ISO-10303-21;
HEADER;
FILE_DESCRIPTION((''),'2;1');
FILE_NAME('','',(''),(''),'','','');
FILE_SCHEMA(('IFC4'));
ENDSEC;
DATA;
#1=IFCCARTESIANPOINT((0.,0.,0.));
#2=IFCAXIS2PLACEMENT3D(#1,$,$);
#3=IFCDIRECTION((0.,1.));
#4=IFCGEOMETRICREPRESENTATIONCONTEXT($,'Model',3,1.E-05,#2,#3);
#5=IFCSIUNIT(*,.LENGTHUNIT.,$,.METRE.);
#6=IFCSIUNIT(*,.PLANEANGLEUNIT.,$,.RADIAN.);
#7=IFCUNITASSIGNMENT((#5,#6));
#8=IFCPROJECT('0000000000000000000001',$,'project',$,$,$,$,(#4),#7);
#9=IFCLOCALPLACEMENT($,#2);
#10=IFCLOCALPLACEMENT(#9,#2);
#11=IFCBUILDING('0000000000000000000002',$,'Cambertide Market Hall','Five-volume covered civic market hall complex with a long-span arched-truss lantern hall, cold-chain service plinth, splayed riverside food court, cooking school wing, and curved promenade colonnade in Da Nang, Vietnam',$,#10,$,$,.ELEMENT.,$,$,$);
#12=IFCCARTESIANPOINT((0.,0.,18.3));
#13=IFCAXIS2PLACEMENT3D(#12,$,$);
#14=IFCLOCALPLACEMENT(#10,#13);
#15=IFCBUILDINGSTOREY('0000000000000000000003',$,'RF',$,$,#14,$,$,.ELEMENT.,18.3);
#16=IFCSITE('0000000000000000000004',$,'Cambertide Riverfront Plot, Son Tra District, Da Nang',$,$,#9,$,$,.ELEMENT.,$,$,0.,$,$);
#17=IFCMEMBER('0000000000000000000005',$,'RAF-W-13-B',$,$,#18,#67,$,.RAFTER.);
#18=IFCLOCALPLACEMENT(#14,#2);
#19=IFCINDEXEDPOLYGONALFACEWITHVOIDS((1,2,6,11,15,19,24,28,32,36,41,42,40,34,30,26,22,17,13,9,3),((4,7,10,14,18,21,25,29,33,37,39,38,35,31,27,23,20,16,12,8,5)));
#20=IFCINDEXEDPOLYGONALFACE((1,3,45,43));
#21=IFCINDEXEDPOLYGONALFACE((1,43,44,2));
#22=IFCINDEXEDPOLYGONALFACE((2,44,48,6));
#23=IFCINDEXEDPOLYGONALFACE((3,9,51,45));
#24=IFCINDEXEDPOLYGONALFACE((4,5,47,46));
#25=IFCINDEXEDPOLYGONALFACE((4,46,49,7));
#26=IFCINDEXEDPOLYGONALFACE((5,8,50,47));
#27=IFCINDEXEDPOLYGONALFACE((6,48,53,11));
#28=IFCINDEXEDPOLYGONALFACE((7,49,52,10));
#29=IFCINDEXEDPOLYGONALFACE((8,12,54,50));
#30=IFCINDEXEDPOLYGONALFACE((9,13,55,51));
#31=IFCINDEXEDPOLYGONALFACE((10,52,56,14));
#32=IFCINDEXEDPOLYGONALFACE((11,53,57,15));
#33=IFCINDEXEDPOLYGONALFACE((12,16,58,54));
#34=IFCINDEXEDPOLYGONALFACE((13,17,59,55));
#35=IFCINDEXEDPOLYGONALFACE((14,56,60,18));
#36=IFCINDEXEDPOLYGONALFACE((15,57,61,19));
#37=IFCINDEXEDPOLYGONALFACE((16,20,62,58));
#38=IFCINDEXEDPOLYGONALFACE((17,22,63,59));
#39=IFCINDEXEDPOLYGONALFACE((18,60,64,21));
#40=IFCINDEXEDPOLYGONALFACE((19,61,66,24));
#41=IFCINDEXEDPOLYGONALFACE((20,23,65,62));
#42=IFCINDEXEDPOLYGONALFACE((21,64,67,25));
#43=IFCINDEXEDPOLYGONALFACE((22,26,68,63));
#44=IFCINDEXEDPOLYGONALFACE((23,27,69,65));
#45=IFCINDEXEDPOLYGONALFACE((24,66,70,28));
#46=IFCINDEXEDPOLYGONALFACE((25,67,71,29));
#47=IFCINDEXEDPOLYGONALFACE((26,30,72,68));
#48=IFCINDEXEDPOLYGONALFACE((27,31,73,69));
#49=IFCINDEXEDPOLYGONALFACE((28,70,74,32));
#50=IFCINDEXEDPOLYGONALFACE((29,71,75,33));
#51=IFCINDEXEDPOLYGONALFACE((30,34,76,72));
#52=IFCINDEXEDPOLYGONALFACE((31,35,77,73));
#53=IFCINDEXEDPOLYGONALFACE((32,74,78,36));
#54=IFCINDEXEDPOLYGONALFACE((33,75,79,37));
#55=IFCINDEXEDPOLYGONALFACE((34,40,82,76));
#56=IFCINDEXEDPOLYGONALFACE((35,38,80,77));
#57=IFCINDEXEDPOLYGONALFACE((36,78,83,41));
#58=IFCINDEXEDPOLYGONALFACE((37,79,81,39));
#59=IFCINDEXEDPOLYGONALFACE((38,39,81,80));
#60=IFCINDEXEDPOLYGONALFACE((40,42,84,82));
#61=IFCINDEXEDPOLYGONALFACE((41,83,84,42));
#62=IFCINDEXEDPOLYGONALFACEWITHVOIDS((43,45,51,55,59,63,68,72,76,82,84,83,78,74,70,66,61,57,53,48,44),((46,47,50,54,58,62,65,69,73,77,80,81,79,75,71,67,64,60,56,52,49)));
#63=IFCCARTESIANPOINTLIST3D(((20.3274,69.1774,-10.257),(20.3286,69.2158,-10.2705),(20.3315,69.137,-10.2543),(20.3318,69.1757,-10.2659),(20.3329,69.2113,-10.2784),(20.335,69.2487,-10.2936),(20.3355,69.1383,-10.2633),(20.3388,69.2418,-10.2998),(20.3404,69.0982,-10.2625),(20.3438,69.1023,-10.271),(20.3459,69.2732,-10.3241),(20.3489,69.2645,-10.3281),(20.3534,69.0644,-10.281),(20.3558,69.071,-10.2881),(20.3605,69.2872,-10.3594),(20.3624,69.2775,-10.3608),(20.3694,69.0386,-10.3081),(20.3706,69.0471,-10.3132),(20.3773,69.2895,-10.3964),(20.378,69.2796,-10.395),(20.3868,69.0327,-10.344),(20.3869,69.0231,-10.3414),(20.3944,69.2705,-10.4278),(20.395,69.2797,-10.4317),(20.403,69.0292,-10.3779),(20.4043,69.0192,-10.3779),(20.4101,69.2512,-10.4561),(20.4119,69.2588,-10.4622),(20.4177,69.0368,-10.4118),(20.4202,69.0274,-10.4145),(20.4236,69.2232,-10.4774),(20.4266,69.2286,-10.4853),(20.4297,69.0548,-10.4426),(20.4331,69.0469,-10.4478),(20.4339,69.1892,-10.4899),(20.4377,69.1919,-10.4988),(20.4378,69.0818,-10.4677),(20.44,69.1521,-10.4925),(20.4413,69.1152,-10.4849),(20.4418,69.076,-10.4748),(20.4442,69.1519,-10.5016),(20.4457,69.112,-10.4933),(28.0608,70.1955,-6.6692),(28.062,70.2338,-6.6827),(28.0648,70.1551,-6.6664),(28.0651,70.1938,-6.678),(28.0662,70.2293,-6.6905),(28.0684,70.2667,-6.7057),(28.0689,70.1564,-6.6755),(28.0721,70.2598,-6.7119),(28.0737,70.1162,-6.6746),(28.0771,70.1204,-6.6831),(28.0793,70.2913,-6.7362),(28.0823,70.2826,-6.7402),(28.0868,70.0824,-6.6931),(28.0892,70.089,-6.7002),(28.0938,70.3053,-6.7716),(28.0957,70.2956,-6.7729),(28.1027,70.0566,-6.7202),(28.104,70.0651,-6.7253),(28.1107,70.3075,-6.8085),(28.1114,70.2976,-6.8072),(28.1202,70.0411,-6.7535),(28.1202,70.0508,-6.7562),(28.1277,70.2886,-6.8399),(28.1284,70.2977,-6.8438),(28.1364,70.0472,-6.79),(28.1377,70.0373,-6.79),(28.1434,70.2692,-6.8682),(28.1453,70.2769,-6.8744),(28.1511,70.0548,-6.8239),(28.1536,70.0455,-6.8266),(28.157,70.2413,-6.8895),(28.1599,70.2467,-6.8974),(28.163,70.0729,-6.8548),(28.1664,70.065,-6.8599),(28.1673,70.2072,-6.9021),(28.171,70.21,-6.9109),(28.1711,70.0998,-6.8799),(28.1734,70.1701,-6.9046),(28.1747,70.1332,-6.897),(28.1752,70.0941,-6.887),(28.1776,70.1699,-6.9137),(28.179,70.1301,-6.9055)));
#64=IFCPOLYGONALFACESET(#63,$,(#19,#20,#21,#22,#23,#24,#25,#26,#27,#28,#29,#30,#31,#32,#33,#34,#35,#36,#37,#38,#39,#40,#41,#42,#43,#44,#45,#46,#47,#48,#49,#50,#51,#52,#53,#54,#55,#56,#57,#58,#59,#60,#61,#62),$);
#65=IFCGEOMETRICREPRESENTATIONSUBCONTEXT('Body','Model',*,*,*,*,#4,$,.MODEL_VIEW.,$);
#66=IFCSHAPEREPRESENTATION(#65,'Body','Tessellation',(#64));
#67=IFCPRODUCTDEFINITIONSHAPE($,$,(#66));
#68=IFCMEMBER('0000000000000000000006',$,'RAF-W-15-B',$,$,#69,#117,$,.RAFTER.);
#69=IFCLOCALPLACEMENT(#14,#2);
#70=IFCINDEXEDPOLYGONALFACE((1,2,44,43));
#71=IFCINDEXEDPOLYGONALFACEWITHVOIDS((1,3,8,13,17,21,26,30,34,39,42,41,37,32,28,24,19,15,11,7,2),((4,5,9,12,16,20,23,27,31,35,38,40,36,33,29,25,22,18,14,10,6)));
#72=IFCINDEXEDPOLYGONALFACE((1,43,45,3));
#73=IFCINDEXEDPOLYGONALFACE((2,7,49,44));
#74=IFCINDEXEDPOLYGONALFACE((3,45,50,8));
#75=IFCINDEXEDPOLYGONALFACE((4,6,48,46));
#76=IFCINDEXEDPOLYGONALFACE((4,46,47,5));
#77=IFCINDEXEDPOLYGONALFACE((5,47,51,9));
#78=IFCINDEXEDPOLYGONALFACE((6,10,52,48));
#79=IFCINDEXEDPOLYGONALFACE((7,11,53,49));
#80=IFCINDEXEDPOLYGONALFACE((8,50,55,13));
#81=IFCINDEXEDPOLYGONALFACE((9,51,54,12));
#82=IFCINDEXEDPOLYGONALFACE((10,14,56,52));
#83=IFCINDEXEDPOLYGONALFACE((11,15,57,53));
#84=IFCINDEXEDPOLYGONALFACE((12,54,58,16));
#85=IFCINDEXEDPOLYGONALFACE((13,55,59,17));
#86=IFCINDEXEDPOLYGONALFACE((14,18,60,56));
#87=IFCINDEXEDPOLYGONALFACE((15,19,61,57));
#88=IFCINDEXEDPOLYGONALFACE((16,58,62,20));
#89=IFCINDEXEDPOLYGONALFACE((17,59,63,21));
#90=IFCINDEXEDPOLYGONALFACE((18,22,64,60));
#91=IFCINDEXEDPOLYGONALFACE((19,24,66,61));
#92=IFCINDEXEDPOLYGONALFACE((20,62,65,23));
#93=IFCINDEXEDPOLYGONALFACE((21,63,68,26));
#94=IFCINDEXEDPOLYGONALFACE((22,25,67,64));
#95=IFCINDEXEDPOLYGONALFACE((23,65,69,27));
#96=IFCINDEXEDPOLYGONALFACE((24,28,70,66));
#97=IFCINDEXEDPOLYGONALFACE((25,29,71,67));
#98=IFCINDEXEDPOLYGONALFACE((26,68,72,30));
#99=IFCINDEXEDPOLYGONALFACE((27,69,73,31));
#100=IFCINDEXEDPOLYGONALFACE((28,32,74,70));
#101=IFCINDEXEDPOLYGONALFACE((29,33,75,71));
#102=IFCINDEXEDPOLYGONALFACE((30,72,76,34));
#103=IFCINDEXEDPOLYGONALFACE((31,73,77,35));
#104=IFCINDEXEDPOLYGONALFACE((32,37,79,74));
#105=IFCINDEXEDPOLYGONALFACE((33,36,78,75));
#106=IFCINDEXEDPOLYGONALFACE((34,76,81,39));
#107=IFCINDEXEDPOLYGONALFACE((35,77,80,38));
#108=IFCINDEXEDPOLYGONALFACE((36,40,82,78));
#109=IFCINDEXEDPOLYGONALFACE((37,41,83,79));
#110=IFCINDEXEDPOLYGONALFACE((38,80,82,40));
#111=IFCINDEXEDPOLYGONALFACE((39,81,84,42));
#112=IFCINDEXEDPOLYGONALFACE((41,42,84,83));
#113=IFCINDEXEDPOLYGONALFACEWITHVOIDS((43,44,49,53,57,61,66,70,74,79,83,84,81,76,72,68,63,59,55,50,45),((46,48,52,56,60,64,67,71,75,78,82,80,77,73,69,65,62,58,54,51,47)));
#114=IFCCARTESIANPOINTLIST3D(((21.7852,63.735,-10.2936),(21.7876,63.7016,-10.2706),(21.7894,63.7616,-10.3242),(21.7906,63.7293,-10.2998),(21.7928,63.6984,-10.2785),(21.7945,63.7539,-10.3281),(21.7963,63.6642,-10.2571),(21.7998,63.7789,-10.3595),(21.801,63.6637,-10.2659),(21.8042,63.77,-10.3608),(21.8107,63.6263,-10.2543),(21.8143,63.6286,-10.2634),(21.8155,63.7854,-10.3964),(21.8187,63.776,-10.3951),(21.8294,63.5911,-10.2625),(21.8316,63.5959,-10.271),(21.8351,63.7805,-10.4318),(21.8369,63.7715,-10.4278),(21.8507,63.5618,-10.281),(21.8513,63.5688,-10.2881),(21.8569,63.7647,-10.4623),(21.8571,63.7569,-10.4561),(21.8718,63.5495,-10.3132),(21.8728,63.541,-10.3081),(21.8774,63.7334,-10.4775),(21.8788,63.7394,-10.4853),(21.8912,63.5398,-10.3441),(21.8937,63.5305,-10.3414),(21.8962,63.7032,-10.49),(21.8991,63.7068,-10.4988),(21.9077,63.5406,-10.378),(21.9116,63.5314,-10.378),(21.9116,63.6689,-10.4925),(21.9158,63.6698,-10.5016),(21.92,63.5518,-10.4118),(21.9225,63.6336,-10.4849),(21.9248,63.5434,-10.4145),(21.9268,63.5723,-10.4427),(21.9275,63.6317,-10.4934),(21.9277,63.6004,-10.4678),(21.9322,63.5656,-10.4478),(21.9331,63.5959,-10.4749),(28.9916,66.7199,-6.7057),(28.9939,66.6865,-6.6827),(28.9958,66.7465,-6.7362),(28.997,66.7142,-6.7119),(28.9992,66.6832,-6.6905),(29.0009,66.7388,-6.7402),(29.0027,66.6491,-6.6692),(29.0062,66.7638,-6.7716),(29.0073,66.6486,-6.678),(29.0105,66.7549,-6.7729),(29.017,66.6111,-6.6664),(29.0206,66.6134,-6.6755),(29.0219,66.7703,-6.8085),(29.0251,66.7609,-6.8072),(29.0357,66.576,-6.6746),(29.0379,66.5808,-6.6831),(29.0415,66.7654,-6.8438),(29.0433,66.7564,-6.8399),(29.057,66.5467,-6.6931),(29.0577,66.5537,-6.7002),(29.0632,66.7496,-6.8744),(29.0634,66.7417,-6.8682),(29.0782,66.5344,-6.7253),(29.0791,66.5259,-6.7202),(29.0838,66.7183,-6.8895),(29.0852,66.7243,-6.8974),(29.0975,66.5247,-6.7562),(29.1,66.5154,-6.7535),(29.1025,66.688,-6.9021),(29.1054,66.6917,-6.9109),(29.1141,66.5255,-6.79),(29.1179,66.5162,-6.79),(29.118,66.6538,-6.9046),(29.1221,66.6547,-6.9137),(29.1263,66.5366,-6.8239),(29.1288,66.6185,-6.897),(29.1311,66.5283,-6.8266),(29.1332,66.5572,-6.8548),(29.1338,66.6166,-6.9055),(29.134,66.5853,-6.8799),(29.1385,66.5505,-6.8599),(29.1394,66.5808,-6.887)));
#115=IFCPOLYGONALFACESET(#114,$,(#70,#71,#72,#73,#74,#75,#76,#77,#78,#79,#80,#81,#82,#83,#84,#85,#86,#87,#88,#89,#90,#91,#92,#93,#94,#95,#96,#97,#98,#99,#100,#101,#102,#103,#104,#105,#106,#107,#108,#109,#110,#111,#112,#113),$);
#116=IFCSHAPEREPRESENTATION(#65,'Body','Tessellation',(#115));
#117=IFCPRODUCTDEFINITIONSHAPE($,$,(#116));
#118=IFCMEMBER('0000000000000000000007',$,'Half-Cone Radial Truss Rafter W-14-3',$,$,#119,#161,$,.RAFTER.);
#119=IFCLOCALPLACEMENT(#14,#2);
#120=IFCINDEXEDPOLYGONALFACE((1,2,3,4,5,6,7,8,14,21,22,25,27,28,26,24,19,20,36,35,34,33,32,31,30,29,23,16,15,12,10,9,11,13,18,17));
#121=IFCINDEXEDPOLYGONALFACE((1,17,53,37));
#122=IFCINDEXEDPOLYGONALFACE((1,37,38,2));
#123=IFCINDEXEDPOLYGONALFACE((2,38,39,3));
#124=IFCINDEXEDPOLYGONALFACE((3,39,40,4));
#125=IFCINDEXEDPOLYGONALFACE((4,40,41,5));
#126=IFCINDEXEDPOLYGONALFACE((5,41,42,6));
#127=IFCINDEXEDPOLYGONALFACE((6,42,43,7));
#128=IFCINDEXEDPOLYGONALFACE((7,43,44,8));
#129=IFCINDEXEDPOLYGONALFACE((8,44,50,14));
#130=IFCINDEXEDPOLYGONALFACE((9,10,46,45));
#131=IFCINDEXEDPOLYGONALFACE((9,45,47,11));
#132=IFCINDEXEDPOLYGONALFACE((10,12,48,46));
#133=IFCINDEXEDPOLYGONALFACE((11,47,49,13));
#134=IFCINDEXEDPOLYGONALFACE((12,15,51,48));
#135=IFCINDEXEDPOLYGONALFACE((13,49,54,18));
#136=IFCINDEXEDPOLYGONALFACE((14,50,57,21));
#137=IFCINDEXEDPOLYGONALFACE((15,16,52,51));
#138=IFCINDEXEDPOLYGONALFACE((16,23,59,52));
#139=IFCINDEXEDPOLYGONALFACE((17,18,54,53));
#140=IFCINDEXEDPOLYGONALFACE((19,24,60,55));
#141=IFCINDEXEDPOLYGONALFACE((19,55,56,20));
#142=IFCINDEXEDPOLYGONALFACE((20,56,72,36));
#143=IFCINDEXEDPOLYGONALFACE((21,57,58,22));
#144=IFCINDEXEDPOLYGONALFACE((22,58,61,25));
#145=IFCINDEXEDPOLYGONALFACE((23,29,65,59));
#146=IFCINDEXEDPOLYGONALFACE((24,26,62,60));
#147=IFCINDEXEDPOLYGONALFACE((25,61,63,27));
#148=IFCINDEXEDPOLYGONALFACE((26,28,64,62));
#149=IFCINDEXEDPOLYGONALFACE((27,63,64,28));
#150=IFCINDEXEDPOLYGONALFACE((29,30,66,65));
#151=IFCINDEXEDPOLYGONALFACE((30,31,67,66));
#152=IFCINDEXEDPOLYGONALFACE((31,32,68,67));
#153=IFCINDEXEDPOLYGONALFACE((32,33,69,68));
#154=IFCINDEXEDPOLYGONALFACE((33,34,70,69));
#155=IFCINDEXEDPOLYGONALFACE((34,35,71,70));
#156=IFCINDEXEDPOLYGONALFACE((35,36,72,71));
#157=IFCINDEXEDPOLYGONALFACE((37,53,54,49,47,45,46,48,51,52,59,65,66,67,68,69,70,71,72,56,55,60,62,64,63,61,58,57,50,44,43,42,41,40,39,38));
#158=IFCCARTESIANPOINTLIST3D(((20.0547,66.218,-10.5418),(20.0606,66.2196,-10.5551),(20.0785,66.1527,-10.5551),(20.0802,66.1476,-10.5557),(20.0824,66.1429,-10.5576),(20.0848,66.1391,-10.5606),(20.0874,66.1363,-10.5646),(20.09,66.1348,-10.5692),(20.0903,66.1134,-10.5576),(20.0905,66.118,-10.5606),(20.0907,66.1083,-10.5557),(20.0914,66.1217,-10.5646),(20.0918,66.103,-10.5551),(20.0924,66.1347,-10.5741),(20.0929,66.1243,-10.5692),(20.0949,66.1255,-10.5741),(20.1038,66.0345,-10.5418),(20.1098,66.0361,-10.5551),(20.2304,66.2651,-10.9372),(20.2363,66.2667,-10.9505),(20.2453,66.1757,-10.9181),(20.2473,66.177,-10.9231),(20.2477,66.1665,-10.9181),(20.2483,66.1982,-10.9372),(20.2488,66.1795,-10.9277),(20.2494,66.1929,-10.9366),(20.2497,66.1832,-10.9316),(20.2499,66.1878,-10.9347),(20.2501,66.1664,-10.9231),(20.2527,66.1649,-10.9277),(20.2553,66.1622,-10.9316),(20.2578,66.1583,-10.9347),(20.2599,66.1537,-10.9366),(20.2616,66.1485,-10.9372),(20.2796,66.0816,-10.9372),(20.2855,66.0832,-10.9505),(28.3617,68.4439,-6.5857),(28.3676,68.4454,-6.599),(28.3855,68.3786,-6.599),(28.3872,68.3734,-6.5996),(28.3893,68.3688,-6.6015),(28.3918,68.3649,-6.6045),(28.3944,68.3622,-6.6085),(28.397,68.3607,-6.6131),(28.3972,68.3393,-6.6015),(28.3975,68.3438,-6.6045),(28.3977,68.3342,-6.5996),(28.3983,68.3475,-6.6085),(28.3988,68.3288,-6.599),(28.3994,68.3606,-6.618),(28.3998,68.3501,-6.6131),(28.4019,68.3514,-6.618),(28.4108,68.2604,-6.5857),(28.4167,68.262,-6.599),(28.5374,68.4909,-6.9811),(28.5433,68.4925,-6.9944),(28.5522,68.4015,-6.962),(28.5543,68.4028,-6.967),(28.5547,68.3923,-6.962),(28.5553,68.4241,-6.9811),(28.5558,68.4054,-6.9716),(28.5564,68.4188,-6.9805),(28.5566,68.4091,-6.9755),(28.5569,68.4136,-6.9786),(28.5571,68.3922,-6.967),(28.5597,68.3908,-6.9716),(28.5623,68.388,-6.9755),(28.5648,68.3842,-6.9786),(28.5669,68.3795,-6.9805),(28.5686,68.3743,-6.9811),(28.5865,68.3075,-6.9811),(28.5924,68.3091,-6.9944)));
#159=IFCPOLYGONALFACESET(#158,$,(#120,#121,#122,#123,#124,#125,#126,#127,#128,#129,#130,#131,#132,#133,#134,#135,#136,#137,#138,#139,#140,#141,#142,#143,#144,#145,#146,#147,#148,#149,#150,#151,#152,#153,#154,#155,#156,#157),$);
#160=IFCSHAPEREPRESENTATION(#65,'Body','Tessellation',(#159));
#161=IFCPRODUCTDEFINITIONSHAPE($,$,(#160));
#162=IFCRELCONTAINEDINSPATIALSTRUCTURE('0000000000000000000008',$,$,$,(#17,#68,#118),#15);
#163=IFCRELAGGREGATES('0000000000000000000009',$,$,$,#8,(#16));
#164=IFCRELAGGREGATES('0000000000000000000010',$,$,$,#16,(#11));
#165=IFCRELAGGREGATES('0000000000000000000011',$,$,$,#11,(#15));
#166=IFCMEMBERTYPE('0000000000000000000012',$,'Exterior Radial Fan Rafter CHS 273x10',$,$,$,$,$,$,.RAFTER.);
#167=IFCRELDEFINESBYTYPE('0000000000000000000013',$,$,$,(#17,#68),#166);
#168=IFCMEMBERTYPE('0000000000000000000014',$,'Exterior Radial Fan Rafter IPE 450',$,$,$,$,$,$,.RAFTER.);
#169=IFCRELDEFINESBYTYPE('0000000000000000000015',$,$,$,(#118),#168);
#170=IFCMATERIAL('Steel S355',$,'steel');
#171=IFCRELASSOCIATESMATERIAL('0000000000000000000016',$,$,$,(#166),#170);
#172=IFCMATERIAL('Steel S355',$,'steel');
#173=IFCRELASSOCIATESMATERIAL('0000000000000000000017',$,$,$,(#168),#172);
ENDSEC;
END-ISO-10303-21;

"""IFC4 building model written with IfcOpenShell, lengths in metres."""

from ifc_helpers import new_model, si_unit, direction, frame, origin, origin_2d, place, context, subcontext, project, spatial, hollow_circle, i_section, extrude, material, material_profile, profile_set, type_object, element, save


model = new_model("IFC4")

# Units and contexts
model_context = context("Model", 3, precision=1e-05, world=origin(), true_north=direction((0.0, 1.0)))
body_context = subcontext(model_context, "Body", "Model", "MODEL_VIEW")
ifc_project = project(units=[si_unit("LENGTHUNIT", "METRE"), si_unit("PLANEANGLEUNIT", "RADIAN")], contexts=[model_context])

# Site, building, storey
site_placement = place(None, origin())
site = spatial("IfcSite", under=ifc_project, at=site_placement, Name="Cambertide Riverfront Plot, Son Tra District, Da Nang", CompositionType="ELEMENT", RefElevation=0.0)
building_placement = place(site_placement, origin())
building = spatial("IfcBuilding", under=site, at=building_placement, Name="Cambertide Market Hall", Description="Five-volume covered civic market hall complex with a long-span arched-truss lantern hall, cold-chain service plinth, splayed riverside food court, cooking school wing, and curved promenade colonnade in Da Nang, Vietnam", CompositionType="ELEMENT")
storey_placement = place(building_placement, frame((0.0, 0.0, 18.3)))
storey = spatial("IfcBuildingStorey", under=building, at=storey_placement, Name="RF", CompositionType="ELEMENT", Elevation=18.3)

# Members
ifc_material_1 = material(Name="Steel S355", Category="steel")
ifc_material_profile_1 = material_profile(ifc_material_1, hollow_circle(Radius=0.1365, WallThickness=0.01, at=origin_2d()), Name="CHS 273x10")
ifc_profile_set_1 = profile_set([ifc_material_profile_1], Name="Steel S355")
member_type_1 = type_object("IfcMemberType", Name="Exterior Radial Fan Rafter CHS 273x10", PredefinedType="RAFTER", material=ifc_profile_set_1)
for number, where, z_axis, x_axis, name in (
    (1, (28.1199, 70.1726, -6.79), (-0.900726, -0.118576, -0.41789), (0.130519, -0.991446, 0.0), "RAF-W-13-B"),
    (2, (29.0657, 66.6423, -6.79), (-0.839344, -0.347658, -0.417895), (0.382674, -0.923883, 0.0), "RAF-W-15-B"),
):
    element("IfcMember", number, at=place(storey_placement, frame(where, z_axis=z_axis, x_axis=x_axis)), inside=storey, type_object=member_type_1, Name=name, PredefinedType="RAFTER", context=body_context, shape_type="SweptSolid", body=[
        extrude(hollow_circle(Radius=0.1365, WallThickness=0.01, at=origin_2d()), origin(), (0.0, 0.0, 1.0), 8.5857),
    ])
ifc_material_2 = material(Name="Steel S355", Category="steel")
ifc_material_profile_2 = material_profile(ifc_material_2, i_section(OverallWidth=0.1899, OverallDepth=0.45, WebThickness=0.0095, FlangeThickness=0.0146, FilletRadius=0.021, at=origin_2d()), Name="IPE 450")
ifc_profile_set_2 = profile_set([ifc_material_profile_2], Name="Steel S355")
member_type_2 = type_object("IfcMemberType", Name="Exterior Radial Fan Rafter IPE 450", PredefinedType="RAFTER", material=ifc_profile_set_2)
member_1_placement = place(storey_placement, frame((28.4771, 68.3765, -6.79), z_axis=(-0.877531, -0.235134, -0.417914), x_axis=(0.25882, -0.965926, 0.0)))
element("IfcMember", 3, at=member_1_placement, inside=storey, type_object=member_type_2, Name="Half-Cone Radial Truss Rafter W-14-3", PredefinedType="RAFTER", context=body_context, shape_type="SweptSolid", body=[
    extrude(i_section(OverallWidth=0.1899, OverallDepth=0.45, WebThickness=0.0095, FlangeThickness=0.0146, FilletRadius=0.021, at=origin_2d()), origin(), (0.0, 0.0, 1.0), 9.4663),
])

save(model, "model.ifc")
